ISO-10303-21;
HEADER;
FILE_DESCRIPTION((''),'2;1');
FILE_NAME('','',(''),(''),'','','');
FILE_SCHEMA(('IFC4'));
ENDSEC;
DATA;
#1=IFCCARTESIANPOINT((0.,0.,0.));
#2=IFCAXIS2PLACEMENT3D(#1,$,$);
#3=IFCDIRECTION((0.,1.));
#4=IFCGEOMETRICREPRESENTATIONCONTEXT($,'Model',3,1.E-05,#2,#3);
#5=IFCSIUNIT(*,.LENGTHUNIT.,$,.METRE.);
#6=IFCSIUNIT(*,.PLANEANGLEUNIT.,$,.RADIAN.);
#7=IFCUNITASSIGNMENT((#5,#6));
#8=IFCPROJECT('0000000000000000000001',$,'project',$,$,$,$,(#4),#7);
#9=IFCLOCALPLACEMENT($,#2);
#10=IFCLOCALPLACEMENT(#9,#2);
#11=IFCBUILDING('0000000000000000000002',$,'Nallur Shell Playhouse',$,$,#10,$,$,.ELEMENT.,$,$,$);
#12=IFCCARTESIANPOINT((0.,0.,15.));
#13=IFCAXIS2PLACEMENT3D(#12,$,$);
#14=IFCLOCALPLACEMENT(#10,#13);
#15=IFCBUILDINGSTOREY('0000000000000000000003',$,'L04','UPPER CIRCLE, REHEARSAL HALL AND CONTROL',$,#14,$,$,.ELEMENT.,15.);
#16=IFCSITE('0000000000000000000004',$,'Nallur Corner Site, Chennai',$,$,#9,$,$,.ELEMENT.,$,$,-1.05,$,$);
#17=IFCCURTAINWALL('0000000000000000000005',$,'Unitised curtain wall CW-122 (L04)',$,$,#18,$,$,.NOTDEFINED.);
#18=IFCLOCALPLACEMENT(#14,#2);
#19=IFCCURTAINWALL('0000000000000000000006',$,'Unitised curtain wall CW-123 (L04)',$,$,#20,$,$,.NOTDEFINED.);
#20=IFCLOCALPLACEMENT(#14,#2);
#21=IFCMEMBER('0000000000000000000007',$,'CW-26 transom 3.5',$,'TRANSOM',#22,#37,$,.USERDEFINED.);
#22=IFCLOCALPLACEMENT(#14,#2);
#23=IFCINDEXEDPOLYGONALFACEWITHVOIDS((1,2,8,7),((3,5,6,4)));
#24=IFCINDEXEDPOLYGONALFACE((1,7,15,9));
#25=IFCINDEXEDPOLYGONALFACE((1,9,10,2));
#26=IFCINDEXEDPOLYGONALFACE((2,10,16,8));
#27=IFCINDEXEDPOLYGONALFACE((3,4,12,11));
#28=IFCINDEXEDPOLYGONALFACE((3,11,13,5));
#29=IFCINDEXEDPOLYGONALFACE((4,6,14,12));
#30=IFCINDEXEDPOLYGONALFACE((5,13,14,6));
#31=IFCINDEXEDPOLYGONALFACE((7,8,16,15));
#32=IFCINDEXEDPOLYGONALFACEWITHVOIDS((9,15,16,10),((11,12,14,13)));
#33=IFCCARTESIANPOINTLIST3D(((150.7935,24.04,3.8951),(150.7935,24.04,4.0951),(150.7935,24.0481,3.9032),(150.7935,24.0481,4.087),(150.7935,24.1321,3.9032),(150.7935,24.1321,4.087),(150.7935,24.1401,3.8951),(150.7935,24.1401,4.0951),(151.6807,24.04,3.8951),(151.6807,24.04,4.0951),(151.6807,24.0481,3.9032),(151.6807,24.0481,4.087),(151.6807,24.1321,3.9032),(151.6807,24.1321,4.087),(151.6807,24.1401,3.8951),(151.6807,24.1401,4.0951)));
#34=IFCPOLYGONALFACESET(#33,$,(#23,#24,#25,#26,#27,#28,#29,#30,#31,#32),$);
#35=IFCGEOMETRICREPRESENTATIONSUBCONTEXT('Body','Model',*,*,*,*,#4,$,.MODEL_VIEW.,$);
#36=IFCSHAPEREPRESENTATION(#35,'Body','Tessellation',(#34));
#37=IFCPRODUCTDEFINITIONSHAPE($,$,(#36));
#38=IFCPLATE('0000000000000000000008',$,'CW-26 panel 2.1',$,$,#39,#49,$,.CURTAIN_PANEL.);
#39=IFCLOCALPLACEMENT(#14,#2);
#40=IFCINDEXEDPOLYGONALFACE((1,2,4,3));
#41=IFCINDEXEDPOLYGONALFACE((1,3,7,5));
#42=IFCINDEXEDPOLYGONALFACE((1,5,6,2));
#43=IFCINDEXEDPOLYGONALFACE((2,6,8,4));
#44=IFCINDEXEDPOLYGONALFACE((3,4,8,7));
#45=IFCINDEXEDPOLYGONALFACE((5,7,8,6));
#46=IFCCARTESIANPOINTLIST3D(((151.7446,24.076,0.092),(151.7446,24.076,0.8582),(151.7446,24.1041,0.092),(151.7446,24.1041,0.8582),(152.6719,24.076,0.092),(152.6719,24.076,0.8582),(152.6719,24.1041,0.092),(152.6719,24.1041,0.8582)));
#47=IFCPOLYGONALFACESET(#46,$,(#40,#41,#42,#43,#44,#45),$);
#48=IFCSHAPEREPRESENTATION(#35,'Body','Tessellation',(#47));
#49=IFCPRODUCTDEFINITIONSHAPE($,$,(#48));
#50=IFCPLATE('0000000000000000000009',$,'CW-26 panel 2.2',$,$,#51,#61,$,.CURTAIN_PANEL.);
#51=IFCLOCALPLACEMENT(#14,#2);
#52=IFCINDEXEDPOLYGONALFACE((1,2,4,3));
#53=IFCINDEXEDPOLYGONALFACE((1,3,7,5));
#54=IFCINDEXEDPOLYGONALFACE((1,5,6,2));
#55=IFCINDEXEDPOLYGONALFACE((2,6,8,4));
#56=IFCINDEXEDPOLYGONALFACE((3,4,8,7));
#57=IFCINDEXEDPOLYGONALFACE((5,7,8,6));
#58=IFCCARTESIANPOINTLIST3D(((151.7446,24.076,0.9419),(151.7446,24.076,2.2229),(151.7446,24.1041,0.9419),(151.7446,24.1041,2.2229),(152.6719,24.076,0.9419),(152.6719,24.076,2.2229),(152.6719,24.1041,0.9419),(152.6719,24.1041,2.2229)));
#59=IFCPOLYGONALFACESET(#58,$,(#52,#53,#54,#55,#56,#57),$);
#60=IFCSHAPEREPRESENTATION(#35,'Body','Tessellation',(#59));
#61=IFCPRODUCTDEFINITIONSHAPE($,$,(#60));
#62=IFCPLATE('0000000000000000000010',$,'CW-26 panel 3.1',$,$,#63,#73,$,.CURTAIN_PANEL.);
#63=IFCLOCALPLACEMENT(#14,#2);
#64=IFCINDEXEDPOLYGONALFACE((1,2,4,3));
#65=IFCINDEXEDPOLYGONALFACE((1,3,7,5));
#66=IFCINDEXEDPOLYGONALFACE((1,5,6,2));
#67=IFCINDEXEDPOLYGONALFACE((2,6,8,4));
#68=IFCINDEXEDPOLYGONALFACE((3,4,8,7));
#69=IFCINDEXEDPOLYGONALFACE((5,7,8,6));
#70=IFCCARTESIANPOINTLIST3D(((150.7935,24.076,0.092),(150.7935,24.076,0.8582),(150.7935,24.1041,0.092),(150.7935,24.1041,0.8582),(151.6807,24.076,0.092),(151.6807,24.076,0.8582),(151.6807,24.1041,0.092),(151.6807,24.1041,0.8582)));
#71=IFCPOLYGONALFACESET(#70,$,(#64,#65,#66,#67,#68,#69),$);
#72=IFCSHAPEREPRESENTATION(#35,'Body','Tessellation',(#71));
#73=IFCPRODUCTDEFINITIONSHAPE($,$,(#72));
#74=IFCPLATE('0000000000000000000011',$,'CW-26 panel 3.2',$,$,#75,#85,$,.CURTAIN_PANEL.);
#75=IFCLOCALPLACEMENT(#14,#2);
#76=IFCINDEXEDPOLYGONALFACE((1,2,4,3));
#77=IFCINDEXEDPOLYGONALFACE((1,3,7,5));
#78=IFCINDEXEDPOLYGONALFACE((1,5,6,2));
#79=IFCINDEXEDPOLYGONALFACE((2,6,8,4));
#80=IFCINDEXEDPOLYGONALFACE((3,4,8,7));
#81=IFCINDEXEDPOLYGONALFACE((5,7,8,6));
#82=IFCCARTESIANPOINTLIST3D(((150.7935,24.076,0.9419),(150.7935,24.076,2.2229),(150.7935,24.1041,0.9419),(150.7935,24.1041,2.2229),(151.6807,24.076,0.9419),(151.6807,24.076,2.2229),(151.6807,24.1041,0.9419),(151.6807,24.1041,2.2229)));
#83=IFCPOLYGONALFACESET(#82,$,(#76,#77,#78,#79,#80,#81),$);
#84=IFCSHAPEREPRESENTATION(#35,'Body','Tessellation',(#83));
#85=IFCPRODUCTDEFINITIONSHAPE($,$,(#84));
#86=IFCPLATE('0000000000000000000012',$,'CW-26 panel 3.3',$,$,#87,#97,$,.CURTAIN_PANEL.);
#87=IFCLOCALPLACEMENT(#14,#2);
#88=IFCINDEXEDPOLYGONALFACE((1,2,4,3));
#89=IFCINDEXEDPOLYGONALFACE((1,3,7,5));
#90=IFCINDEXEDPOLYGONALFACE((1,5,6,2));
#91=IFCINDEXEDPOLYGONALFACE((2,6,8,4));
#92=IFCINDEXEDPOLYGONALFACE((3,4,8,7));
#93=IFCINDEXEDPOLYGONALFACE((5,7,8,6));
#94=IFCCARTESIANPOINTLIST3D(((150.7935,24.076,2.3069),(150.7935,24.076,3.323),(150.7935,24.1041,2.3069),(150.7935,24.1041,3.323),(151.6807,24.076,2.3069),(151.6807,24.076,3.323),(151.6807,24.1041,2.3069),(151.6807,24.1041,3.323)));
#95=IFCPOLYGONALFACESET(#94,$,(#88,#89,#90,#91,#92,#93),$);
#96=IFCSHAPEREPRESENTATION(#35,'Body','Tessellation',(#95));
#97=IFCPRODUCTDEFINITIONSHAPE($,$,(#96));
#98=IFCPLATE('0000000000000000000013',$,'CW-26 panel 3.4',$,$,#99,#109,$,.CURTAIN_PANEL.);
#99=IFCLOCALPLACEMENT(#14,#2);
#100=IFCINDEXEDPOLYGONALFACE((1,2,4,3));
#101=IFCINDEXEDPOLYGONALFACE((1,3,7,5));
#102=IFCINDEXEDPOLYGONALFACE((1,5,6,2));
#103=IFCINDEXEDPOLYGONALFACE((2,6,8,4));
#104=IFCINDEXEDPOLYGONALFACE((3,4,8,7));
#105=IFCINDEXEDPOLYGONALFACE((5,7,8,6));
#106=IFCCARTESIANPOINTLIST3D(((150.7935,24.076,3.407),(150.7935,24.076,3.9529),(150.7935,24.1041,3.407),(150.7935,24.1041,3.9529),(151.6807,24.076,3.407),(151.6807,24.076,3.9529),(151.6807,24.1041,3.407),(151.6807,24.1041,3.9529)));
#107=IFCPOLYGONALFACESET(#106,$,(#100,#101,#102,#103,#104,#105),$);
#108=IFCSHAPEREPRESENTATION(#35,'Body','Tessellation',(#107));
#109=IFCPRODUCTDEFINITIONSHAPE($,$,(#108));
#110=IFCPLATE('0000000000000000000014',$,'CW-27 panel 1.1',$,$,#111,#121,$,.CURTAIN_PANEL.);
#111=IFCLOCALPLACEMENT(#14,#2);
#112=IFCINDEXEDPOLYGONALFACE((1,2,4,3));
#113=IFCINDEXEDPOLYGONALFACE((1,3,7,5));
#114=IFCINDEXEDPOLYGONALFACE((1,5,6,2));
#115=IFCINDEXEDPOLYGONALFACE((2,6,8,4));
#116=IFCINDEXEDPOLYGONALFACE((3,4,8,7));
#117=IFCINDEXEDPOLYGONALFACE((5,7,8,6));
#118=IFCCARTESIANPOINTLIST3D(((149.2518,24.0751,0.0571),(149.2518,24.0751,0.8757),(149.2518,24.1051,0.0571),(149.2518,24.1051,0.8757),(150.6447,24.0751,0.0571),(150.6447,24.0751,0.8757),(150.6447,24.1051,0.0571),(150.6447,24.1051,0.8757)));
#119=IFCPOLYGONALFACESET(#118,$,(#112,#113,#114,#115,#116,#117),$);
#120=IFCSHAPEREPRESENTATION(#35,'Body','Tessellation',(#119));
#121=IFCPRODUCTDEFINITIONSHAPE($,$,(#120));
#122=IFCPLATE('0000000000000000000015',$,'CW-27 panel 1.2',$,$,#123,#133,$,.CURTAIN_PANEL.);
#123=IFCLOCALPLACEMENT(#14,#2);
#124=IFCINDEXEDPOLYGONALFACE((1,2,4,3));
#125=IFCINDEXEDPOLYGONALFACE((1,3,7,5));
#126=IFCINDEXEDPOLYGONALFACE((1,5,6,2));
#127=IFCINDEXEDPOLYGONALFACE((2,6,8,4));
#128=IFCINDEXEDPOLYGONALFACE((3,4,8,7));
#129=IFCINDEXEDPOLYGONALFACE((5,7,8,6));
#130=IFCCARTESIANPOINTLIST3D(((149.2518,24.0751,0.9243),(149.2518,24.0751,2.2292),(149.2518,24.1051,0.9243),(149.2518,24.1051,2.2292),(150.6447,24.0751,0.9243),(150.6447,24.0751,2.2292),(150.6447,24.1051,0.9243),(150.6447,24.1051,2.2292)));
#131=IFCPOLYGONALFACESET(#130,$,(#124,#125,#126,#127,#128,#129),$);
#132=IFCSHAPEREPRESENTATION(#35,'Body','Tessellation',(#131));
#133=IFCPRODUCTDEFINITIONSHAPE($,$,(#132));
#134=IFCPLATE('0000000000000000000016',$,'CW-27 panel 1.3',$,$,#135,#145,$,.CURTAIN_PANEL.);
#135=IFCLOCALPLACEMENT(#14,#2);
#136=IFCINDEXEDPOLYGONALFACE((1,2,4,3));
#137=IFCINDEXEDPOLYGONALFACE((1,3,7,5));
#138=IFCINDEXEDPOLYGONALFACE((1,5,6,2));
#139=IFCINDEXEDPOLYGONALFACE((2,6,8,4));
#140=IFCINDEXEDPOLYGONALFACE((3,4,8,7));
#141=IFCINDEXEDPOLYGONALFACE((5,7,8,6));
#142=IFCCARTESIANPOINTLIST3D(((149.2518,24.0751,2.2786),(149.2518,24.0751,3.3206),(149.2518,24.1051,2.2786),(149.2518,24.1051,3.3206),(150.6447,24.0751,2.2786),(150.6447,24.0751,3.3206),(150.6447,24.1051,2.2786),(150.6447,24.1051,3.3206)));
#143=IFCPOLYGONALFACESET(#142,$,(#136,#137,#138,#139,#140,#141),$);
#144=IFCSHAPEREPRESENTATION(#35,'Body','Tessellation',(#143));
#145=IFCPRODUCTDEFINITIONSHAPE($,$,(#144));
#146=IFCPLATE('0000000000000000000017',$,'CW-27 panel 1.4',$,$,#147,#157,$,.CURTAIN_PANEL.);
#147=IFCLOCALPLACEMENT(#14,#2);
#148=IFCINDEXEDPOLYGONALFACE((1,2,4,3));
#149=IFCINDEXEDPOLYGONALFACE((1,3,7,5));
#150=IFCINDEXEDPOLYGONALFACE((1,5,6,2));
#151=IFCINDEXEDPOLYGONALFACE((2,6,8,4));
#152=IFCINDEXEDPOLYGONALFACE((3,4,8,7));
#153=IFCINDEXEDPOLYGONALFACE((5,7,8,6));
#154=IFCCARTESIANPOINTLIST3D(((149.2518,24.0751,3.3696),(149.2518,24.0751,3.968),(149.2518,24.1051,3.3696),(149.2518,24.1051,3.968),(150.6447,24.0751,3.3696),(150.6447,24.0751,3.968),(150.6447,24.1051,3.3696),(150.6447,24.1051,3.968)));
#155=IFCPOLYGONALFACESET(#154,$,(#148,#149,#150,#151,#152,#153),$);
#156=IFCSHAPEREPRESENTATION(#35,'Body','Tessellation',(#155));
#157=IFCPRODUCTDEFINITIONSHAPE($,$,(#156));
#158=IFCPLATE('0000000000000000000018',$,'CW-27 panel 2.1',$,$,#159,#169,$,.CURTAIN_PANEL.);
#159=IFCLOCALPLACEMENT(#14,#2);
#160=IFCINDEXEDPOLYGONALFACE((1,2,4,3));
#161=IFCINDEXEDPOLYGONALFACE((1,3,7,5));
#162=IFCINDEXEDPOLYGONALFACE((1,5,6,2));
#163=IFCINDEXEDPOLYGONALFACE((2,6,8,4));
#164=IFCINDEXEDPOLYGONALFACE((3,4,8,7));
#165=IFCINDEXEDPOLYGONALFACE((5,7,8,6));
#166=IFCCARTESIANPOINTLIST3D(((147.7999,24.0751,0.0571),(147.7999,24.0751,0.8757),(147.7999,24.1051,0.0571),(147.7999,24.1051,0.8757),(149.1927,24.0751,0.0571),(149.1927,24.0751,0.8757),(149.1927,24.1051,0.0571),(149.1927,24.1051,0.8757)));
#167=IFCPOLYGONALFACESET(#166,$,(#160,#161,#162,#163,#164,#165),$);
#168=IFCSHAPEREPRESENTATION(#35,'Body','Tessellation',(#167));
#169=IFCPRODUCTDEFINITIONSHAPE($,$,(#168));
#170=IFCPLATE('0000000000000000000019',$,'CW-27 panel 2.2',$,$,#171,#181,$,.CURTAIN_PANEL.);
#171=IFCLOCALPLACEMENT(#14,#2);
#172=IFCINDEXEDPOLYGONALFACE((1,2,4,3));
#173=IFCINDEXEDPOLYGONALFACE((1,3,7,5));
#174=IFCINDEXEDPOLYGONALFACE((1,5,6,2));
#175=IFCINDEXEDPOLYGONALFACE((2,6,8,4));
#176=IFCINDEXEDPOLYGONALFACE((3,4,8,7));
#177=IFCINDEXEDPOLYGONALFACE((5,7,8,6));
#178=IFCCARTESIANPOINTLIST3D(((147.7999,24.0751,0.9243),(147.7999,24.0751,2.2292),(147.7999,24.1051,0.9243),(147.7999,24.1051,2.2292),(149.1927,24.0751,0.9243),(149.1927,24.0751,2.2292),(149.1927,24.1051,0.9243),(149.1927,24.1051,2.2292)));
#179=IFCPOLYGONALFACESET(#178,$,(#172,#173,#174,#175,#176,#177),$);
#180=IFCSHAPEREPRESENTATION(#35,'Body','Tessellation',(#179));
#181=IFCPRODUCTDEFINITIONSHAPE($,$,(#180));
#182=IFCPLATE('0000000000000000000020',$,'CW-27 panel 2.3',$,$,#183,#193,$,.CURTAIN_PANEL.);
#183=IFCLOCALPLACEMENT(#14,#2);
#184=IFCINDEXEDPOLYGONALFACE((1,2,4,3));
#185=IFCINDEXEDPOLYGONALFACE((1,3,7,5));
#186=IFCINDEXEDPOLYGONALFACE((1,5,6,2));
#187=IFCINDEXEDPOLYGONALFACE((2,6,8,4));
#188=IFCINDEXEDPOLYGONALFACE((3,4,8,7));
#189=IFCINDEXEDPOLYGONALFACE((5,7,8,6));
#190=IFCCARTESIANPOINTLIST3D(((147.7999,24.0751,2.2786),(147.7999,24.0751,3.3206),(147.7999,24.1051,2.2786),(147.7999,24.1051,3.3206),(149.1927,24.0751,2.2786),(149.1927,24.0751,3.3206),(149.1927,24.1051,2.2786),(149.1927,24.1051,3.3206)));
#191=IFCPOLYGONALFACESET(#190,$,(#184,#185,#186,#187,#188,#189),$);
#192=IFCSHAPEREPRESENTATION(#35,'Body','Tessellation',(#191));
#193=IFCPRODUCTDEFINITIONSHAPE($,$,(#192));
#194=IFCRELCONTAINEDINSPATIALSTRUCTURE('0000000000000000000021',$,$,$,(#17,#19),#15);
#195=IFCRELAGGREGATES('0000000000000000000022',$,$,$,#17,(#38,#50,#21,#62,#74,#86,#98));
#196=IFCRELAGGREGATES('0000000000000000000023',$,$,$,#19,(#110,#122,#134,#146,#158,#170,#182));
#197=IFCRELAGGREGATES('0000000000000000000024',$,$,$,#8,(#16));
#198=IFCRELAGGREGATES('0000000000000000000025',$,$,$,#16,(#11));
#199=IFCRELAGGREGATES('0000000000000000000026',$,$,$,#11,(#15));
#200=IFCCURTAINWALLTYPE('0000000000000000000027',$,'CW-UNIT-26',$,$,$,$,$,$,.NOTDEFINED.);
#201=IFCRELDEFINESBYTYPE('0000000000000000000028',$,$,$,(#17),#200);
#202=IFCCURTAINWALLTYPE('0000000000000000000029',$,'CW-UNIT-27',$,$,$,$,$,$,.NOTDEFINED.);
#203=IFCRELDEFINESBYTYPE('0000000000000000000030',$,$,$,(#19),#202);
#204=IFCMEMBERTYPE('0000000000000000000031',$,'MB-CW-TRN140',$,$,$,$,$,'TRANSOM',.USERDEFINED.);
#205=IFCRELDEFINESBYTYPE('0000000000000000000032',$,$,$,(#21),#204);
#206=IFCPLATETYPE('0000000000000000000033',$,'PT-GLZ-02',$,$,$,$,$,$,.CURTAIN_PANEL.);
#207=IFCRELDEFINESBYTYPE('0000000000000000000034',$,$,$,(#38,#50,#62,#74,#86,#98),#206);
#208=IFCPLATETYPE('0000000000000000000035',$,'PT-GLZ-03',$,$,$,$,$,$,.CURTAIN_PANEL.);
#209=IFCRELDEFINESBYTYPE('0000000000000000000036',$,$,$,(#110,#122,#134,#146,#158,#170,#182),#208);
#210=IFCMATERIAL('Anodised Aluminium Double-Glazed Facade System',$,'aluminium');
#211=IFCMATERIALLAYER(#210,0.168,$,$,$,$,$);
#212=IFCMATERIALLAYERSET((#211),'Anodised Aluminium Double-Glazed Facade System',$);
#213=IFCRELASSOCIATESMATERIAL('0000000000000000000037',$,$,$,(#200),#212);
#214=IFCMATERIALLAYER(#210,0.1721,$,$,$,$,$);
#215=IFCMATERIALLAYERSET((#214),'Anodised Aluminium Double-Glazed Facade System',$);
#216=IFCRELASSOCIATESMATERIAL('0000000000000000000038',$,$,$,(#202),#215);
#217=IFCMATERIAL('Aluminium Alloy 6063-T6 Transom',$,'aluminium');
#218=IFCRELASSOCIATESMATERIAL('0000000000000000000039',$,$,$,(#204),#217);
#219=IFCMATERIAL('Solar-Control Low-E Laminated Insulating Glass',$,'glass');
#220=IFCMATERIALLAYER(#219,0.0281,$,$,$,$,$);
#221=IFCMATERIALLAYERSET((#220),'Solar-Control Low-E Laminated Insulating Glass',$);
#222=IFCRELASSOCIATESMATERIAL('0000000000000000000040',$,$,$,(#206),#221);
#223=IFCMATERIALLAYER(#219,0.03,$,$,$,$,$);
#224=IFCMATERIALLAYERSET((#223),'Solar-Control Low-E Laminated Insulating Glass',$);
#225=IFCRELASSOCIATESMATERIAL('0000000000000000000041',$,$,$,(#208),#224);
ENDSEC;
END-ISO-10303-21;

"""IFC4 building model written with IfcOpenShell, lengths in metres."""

from ifc_helpers import new_model, si_unit, direction, frame, origin, origin_2d, place, context, subcontext, project, spatial, rectangle, hollow_rectangle, extrude, material, layer, layer_set, material_profile, profile_set, type_object, element, aggregate, save


model = new_model("IFC4")

# Units and contexts
model_context = context("Model", 3, precision=1e-05, world=origin(), true_north=direction((0.0, 1.0)))
body_context = subcontext(model_context, "Body", "Model", "MODEL_VIEW")
ifc_project = project(units=[si_unit("LENGTHUNIT", "METRE"), si_unit("PLANEANGLEUNIT", "RADIAN")], contexts=[model_context])

# Site, building, storey
site_placement = place(None, origin())
site = spatial("IfcSite", under=ifc_project, at=site_placement, Name="Nallur Corner Site, Chennai", CompositionType="ELEMENT", RefElevation=-1.05)
building_placement = place(site_placement, origin())
building = spatial("IfcBuilding", under=site, at=building_placement, Name="Nallur Shell Playhouse", CompositionType="ELEMENT")
storey_placement = place(building_placement, frame((0.0, 0.0, 15.0)))
storey = spatial("IfcBuildingStorey", under=building, at=storey_placement, Name="L04", Description="UPPER CIRCLE, REHEARSAL HALL AND CONTROL", CompositionType="ELEMENT", Elevation=15.0)

# Curtain walls
ifc_material_1 = material(Name="Anodised Aluminium Double-Glazed Facade System", Category="aluminium")
ifc_layer_1 = layer(ifc_material_1, 0.168)
ifc_layer_set_1 = layer_set([ifc_layer_1], Name="Anodised Aluminium Double-Glazed Facade System")
curtain_wall_type_1 = type_object("IfcCurtainWallType", Name="CW-UNIT-26", PredefinedType="NOTDEFINED", material=ifc_layer_set_1)
curtain_wall_1_placement = place(storey_placement, origin())
curtain_wall_1 = element("IfcCurtainWall", 1, at=curtain_wall_1_placement, inside=storey, type_object=curtain_wall_type_1, Name="Unitised curtain wall CW-122 (L04)", PredefinedType="NOTDEFINED")
ifc_layer_2 = layer(ifc_material_1, 0.1721)
ifc_layer_set_2 = layer_set([ifc_layer_2], Name="Anodised Aluminium Double-Glazed Facade System")
curtain_wall_type_2 = type_object("IfcCurtainWallType", Name="CW-UNIT-27", PredefinedType="NOTDEFINED", material=ifc_layer_set_2)
curtain_wall_2_placement = place(storey_placement, origin())
curtain_wall_2 = element("IfcCurtainWall", 2, at=curtain_wall_2_placement, inside=storey, type_object=curtain_wall_type_2, Name="Unitised curtain wall CW-123 (L04)", PredefinedType="NOTDEFINED")
ifc_material_2 = material(Name="Aluminium Alloy 6063-T6 Transom", Category="aluminium")

# Member
ifc_material_profile_1 = material_profile(ifc_material_2, hollow_rectangle(XDim=0.1001, YDim=0.2, WallThickness=0.0081, at=origin_2d()), Name="RHS 200x100x8")
ifc_profile_set_1 = profile_set([ifc_material_profile_1], Name="Aluminium Alloy 6063-T6 Transom")
member_type_1 = type_object("IfcMemberType", Name="MB-CW-TRN140", ElementType="TRANSOM", PredefinedType="USERDEFINED", material=ifc_profile_set_1)
member_1_placement = place(storey_placement, frame((151.6807, 24.0901, 3.9951), z_axis=(-1.0, 0.0, 0.0), x_axis=(0.0, -1.0, 0.0)))
member_1 = element("IfcMember", 3, at=member_1_placement, type_object=member_type_1, Name="CW-26 transom 3.5", ObjectType="TRANSOM", PredefinedType="USERDEFINED", context=body_context, shape_type="SweptSolid", body=[
    extrude(hollow_rectangle(XDim=0.1001, YDim=0.2, WallThickness=0.0081, at=origin_2d()), origin(), (0.0, 0.0, 1.0), 0.8872),
])

# Plates
ifc_material_3 = material(Name="Solar-Control Low-E Laminated Insulating Glass", Category="glass")
ifc_layer_3 = layer(ifc_material_3, 0.0281)
ifc_layer_set_3 = layer_set([ifc_layer_3], Name="Solar-Control Low-E Laminated Insulating Glass")
plate_type_1 = type_object("IfcPlateType", Name="PT-GLZ-02", PredefinedType="CURTAIN_PANEL", material=ifc_layer_set_3)
plate_1_placement = place(storey_placement, frame((152.2083, 24.0901, 0.092), z_axis=(0.0, 0.0, 1.0), x_axis=(-1.0, 0.0, 0.0)))
plate_1 = element("IfcPlate", 4, at=plate_1_placement, type_object=plate_type_1, Name="CW-26 panel 2.1", PredefinedType="CURTAIN_PANEL", context=body_context, shape_type="SweptSolid", body=[
    extrude(rectangle(XDim=0.9272, YDim=0.0281, at=origin_2d()), origin(), (0.0, 0.0, 1.0), 0.7661),
])
plate_2_placement = place(storey_placement, frame((152.2083, 24.0901, 0.9419), z_axis=(0.0, 0.0, 1.0), x_axis=(-1.0, 0.0, 0.0)))
plate_2 = element("IfcPlate", 5, at=plate_2_placement, type_object=plate_type_1, Name="CW-26 panel 2.2", PredefinedType="CURTAIN_PANEL", context=body_context, shape_type="SweptSolid", body=[
    extrude(rectangle(XDim=0.9272, YDim=0.0281, at=origin_2d()), origin(), (0.0, 0.0, 1.0), 1.281),
])
plate_3_placement = place(storey_placement, frame((151.2371, 24.0901, 0.092), z_axis=(0.0, 0.0, 1.0), x_axis=(-1.0, 0.0, 0.0)))
plate_3 = element("IfcPlate", 6, at=plate_3_placement, type_object=plate_type_1, Name="CW-26 panel 3.1", PredefinedType="CURTAIN_PANEL", context=body_context, shape_type="SweptSolid", body=[
    extrude(rectangle(XDim=0.8872, YDim=0.0281, at=origin_2d()), origin(), (0.0, 0.0, 1.0), 0.7661),
])
plate_4_placement = place(storey_placement, frame((151.2371, 24.0901, 0.9419), z_axis=(0.0, 0.0, 1.0), x_axis=(-1.0, 0.0, 0.0)))
plate_4 = element("IfcPlate", 7, at=plate_4_placement, type_object=plate_type_1, Name="CW-26 panel 3.2", PredefinedType="CURTAIN_PANEL", context=body_context, shape_type="SweptSolid", body=[
    extrude(rectangle(XDim=0.8872, YDim=0.0281, at=origin_2d()), origin(), (0.0, 0.0, 1.0), 1.281),
])
plate_5_placement = place(storey_placement, frame((151.2371, 24.0901, 2.3069), z_axis=(0.0, 0.0, 1.0), x_axis=(-1.0, 0.0, 0.0)))
plate_5 = element("IfcPlate", 8, at=plate_5_placement, type_object=plate_type_1, Name="CW-26 panel 3.3", PredefinedType="CURTAIN_PANEL", context=body_context, shape_type="SweptSolid", body=[
    extrude(rectangle(XDim=0.8872, YDim=0.0281, at=origin_2d()), origin(), (0.0, 0.0, 1.0), 1.0161),
])
plate_6_placement = place(storey_placement, frame((151.2371, 24.0901, 3.407), z_axis=(0.0, 0.0, 1.0), x_axis=(-1.0, 0.0, 0.0)))
plate_6 = element("IfcPlate", 9, at=plate_6_placement, type_object=plate_type_1, Name="CW-26 panel 3.4", PredefinedType="CURTAIN_PANEL", context=body_context, shape_type="SweptSolid", body=[
    extrude(rectangle(XDim=0.8872, YDim=0.0281, at=origin_2d()), origin(), (0.0, 0.0, 1.0), 0.5459),
])
aggregate(curtain_wall_1, [plate_1, plate_2, member_1, plate_3, plate_4, plate_5, plate_6])
ifc_layer_4 = layer(ifc_material_3, 0.03)
ifc_layer_set_4 = layer_set([ifc_layer_4], Name="Solar-Control Low-E Laminated Insulating Glass")
plate_type_2 = type_object("IfcPlateType", Name="PT-GLZ-03", PredefinedType="CURTAIN_PANEL", material=ifc_layer_set_4)
plate_7_placement = place(storey_placement, frame((149.9482, 24.0901, 0.0571), z_axis=(0.0, 0.0, 1.0), x_axis=(-1.0, 0.0, 0.0)))
plate_7 = element("IfcPlate", 10, at=plate_7_placement, type_object=plate_type_2, Name="CW-27 panel 1.1", PredefinedType="CURTAIN_PANEL", context=body_context, shape_type="SweptSolid", body=[
    extrude(rectangle(XDim=1.3928, YDim=0.03, at=origin_2d()), origin(), (0.0, 0.0, 1.0), 0.8186),
])
plate_8_placement = place(storey_placement, frame((149.9482, 24.0901, 0.9243), z_axis=(0.0, 0.0, 1.0), x_axis=(-1.0, 0.0, 0.0)))
plate_8 = element("IfcPlate", 11, at=plate_8_placement, type_object=plate_type_2, Name="CW-27 panel 1.2", PredefinedType="CURTAIN_PANEL", context=body_context, shape_type="SweptSolid", body=[
    extrude(rectangle(XDim=1.3928, YDim=0.03, at=origin_2d()), origin(), (0.0, 0.0, 1.0), 1.3049),
])
plate_9_placement = place(storey_placement, frame((149.9482, 24.0901, 2.2786), z_axis=(0.0, 0.0, 1.0), x_axis=(-1.0, 0.0, 0.0)))
plate_9 = element("IfcPlate", 12, at=plate_9_placement, type_object=plate_type_2, Name="CW-27 panel 1.3", PredefinedType="CURTAIN_PANEL", context=body_context, shape_type="SweptSolid", body=[
    extrude(rectangle(XDim=1.3928, YDim=0.03, at=origin_2d()), origin(), (0.0, 0.0, 1.0), 1.042),
])
plate_10_placement = place(storey_placement, frame((149.9482, 24.0901, 3.3696), z_axis=(0.0, 0.0, 1.0), x_axis=(-1.0, 0.0, 0.0)))
plate_10 = element("IfcPlate", 13, at=plate_10_placement, type_object=plate_type_2, Name="CW-27 panel 1.4", PredefinedType="CURTAIN_PANEL", context=body_context, shape_type="SweptSolid", body=[
    extrude(rectangle(XDim=1.3928, YDim=0.03, at=origin_2d()), origin(), (0.0, 0.0, 1.0), 0.5984),
])
plate_11_placement = place(storey_placement, frame((148.4963, 24.0901, 0.0571), z_axis=(0.0, 0.0, 1.0), x_axis=(-1.0, 0.0, 0.0)))
plate_11 = element("IfcPlate", 14, at=plate_11_placement, type_object=plate_type_2, Name="CW-27 panel 2.1", PredefinedType="CURTAIN_PANEL", context=body_context, shape_type="SweptSolid", body=[
    extrude(rectangle(XDim=1.3928, YDim=0.03, at=origin_2d()), origin(), (0.0, 0.0, 1.0), 0.8186),
])
plate_12_placement = place(storey_placement, frame((148.4963, 24.0901, 0.9243), z_axis=(0.0, 0.0, 1.0), x_axis=(-1.0, 0.0, 0.0)))
plate_12 = element("IfcPlate", 15, at=plate_12_placement, type_object=plate_type_2, Name="CW-27 panel 2.2", PredefinedType="CURTAIN_PANEL", context=body_context, shape_type="SweptSolid", body=[
    extrude(rectangle(XDim=1.3928, YDim=0.03, at=origin_2d()), origin(), (0.0, 0.0, 1.0), 1.3049),
])
plate_13_placement = place(storey_placement, frame((148.4963, 24.0901, 2.2786), z_axis=(0.0, 0.0, 1.0), x_axis=(-1.0, 0.0, 0.0)))
plate_13 = element("IfcPlate", 16, at=plate_13_placement, type_object=plate_type_2, Name="CW-27 panel 2.3", PredefinedType="CURTAIN_PANEL", context=body_context, shape_type="SweptSolid", body=[
    extrude(rectangle(XDim=1.3928, YDim=0.03, at=origin_2d()), origin(), (0.0, 0.0, 1.0), 1.042),
])
aggregate(curtain_wall_2, [plate_7, plate_8, plate_9, plate_10, plate_11, plate_12, plate_13])

save(model, "model.ifc")
